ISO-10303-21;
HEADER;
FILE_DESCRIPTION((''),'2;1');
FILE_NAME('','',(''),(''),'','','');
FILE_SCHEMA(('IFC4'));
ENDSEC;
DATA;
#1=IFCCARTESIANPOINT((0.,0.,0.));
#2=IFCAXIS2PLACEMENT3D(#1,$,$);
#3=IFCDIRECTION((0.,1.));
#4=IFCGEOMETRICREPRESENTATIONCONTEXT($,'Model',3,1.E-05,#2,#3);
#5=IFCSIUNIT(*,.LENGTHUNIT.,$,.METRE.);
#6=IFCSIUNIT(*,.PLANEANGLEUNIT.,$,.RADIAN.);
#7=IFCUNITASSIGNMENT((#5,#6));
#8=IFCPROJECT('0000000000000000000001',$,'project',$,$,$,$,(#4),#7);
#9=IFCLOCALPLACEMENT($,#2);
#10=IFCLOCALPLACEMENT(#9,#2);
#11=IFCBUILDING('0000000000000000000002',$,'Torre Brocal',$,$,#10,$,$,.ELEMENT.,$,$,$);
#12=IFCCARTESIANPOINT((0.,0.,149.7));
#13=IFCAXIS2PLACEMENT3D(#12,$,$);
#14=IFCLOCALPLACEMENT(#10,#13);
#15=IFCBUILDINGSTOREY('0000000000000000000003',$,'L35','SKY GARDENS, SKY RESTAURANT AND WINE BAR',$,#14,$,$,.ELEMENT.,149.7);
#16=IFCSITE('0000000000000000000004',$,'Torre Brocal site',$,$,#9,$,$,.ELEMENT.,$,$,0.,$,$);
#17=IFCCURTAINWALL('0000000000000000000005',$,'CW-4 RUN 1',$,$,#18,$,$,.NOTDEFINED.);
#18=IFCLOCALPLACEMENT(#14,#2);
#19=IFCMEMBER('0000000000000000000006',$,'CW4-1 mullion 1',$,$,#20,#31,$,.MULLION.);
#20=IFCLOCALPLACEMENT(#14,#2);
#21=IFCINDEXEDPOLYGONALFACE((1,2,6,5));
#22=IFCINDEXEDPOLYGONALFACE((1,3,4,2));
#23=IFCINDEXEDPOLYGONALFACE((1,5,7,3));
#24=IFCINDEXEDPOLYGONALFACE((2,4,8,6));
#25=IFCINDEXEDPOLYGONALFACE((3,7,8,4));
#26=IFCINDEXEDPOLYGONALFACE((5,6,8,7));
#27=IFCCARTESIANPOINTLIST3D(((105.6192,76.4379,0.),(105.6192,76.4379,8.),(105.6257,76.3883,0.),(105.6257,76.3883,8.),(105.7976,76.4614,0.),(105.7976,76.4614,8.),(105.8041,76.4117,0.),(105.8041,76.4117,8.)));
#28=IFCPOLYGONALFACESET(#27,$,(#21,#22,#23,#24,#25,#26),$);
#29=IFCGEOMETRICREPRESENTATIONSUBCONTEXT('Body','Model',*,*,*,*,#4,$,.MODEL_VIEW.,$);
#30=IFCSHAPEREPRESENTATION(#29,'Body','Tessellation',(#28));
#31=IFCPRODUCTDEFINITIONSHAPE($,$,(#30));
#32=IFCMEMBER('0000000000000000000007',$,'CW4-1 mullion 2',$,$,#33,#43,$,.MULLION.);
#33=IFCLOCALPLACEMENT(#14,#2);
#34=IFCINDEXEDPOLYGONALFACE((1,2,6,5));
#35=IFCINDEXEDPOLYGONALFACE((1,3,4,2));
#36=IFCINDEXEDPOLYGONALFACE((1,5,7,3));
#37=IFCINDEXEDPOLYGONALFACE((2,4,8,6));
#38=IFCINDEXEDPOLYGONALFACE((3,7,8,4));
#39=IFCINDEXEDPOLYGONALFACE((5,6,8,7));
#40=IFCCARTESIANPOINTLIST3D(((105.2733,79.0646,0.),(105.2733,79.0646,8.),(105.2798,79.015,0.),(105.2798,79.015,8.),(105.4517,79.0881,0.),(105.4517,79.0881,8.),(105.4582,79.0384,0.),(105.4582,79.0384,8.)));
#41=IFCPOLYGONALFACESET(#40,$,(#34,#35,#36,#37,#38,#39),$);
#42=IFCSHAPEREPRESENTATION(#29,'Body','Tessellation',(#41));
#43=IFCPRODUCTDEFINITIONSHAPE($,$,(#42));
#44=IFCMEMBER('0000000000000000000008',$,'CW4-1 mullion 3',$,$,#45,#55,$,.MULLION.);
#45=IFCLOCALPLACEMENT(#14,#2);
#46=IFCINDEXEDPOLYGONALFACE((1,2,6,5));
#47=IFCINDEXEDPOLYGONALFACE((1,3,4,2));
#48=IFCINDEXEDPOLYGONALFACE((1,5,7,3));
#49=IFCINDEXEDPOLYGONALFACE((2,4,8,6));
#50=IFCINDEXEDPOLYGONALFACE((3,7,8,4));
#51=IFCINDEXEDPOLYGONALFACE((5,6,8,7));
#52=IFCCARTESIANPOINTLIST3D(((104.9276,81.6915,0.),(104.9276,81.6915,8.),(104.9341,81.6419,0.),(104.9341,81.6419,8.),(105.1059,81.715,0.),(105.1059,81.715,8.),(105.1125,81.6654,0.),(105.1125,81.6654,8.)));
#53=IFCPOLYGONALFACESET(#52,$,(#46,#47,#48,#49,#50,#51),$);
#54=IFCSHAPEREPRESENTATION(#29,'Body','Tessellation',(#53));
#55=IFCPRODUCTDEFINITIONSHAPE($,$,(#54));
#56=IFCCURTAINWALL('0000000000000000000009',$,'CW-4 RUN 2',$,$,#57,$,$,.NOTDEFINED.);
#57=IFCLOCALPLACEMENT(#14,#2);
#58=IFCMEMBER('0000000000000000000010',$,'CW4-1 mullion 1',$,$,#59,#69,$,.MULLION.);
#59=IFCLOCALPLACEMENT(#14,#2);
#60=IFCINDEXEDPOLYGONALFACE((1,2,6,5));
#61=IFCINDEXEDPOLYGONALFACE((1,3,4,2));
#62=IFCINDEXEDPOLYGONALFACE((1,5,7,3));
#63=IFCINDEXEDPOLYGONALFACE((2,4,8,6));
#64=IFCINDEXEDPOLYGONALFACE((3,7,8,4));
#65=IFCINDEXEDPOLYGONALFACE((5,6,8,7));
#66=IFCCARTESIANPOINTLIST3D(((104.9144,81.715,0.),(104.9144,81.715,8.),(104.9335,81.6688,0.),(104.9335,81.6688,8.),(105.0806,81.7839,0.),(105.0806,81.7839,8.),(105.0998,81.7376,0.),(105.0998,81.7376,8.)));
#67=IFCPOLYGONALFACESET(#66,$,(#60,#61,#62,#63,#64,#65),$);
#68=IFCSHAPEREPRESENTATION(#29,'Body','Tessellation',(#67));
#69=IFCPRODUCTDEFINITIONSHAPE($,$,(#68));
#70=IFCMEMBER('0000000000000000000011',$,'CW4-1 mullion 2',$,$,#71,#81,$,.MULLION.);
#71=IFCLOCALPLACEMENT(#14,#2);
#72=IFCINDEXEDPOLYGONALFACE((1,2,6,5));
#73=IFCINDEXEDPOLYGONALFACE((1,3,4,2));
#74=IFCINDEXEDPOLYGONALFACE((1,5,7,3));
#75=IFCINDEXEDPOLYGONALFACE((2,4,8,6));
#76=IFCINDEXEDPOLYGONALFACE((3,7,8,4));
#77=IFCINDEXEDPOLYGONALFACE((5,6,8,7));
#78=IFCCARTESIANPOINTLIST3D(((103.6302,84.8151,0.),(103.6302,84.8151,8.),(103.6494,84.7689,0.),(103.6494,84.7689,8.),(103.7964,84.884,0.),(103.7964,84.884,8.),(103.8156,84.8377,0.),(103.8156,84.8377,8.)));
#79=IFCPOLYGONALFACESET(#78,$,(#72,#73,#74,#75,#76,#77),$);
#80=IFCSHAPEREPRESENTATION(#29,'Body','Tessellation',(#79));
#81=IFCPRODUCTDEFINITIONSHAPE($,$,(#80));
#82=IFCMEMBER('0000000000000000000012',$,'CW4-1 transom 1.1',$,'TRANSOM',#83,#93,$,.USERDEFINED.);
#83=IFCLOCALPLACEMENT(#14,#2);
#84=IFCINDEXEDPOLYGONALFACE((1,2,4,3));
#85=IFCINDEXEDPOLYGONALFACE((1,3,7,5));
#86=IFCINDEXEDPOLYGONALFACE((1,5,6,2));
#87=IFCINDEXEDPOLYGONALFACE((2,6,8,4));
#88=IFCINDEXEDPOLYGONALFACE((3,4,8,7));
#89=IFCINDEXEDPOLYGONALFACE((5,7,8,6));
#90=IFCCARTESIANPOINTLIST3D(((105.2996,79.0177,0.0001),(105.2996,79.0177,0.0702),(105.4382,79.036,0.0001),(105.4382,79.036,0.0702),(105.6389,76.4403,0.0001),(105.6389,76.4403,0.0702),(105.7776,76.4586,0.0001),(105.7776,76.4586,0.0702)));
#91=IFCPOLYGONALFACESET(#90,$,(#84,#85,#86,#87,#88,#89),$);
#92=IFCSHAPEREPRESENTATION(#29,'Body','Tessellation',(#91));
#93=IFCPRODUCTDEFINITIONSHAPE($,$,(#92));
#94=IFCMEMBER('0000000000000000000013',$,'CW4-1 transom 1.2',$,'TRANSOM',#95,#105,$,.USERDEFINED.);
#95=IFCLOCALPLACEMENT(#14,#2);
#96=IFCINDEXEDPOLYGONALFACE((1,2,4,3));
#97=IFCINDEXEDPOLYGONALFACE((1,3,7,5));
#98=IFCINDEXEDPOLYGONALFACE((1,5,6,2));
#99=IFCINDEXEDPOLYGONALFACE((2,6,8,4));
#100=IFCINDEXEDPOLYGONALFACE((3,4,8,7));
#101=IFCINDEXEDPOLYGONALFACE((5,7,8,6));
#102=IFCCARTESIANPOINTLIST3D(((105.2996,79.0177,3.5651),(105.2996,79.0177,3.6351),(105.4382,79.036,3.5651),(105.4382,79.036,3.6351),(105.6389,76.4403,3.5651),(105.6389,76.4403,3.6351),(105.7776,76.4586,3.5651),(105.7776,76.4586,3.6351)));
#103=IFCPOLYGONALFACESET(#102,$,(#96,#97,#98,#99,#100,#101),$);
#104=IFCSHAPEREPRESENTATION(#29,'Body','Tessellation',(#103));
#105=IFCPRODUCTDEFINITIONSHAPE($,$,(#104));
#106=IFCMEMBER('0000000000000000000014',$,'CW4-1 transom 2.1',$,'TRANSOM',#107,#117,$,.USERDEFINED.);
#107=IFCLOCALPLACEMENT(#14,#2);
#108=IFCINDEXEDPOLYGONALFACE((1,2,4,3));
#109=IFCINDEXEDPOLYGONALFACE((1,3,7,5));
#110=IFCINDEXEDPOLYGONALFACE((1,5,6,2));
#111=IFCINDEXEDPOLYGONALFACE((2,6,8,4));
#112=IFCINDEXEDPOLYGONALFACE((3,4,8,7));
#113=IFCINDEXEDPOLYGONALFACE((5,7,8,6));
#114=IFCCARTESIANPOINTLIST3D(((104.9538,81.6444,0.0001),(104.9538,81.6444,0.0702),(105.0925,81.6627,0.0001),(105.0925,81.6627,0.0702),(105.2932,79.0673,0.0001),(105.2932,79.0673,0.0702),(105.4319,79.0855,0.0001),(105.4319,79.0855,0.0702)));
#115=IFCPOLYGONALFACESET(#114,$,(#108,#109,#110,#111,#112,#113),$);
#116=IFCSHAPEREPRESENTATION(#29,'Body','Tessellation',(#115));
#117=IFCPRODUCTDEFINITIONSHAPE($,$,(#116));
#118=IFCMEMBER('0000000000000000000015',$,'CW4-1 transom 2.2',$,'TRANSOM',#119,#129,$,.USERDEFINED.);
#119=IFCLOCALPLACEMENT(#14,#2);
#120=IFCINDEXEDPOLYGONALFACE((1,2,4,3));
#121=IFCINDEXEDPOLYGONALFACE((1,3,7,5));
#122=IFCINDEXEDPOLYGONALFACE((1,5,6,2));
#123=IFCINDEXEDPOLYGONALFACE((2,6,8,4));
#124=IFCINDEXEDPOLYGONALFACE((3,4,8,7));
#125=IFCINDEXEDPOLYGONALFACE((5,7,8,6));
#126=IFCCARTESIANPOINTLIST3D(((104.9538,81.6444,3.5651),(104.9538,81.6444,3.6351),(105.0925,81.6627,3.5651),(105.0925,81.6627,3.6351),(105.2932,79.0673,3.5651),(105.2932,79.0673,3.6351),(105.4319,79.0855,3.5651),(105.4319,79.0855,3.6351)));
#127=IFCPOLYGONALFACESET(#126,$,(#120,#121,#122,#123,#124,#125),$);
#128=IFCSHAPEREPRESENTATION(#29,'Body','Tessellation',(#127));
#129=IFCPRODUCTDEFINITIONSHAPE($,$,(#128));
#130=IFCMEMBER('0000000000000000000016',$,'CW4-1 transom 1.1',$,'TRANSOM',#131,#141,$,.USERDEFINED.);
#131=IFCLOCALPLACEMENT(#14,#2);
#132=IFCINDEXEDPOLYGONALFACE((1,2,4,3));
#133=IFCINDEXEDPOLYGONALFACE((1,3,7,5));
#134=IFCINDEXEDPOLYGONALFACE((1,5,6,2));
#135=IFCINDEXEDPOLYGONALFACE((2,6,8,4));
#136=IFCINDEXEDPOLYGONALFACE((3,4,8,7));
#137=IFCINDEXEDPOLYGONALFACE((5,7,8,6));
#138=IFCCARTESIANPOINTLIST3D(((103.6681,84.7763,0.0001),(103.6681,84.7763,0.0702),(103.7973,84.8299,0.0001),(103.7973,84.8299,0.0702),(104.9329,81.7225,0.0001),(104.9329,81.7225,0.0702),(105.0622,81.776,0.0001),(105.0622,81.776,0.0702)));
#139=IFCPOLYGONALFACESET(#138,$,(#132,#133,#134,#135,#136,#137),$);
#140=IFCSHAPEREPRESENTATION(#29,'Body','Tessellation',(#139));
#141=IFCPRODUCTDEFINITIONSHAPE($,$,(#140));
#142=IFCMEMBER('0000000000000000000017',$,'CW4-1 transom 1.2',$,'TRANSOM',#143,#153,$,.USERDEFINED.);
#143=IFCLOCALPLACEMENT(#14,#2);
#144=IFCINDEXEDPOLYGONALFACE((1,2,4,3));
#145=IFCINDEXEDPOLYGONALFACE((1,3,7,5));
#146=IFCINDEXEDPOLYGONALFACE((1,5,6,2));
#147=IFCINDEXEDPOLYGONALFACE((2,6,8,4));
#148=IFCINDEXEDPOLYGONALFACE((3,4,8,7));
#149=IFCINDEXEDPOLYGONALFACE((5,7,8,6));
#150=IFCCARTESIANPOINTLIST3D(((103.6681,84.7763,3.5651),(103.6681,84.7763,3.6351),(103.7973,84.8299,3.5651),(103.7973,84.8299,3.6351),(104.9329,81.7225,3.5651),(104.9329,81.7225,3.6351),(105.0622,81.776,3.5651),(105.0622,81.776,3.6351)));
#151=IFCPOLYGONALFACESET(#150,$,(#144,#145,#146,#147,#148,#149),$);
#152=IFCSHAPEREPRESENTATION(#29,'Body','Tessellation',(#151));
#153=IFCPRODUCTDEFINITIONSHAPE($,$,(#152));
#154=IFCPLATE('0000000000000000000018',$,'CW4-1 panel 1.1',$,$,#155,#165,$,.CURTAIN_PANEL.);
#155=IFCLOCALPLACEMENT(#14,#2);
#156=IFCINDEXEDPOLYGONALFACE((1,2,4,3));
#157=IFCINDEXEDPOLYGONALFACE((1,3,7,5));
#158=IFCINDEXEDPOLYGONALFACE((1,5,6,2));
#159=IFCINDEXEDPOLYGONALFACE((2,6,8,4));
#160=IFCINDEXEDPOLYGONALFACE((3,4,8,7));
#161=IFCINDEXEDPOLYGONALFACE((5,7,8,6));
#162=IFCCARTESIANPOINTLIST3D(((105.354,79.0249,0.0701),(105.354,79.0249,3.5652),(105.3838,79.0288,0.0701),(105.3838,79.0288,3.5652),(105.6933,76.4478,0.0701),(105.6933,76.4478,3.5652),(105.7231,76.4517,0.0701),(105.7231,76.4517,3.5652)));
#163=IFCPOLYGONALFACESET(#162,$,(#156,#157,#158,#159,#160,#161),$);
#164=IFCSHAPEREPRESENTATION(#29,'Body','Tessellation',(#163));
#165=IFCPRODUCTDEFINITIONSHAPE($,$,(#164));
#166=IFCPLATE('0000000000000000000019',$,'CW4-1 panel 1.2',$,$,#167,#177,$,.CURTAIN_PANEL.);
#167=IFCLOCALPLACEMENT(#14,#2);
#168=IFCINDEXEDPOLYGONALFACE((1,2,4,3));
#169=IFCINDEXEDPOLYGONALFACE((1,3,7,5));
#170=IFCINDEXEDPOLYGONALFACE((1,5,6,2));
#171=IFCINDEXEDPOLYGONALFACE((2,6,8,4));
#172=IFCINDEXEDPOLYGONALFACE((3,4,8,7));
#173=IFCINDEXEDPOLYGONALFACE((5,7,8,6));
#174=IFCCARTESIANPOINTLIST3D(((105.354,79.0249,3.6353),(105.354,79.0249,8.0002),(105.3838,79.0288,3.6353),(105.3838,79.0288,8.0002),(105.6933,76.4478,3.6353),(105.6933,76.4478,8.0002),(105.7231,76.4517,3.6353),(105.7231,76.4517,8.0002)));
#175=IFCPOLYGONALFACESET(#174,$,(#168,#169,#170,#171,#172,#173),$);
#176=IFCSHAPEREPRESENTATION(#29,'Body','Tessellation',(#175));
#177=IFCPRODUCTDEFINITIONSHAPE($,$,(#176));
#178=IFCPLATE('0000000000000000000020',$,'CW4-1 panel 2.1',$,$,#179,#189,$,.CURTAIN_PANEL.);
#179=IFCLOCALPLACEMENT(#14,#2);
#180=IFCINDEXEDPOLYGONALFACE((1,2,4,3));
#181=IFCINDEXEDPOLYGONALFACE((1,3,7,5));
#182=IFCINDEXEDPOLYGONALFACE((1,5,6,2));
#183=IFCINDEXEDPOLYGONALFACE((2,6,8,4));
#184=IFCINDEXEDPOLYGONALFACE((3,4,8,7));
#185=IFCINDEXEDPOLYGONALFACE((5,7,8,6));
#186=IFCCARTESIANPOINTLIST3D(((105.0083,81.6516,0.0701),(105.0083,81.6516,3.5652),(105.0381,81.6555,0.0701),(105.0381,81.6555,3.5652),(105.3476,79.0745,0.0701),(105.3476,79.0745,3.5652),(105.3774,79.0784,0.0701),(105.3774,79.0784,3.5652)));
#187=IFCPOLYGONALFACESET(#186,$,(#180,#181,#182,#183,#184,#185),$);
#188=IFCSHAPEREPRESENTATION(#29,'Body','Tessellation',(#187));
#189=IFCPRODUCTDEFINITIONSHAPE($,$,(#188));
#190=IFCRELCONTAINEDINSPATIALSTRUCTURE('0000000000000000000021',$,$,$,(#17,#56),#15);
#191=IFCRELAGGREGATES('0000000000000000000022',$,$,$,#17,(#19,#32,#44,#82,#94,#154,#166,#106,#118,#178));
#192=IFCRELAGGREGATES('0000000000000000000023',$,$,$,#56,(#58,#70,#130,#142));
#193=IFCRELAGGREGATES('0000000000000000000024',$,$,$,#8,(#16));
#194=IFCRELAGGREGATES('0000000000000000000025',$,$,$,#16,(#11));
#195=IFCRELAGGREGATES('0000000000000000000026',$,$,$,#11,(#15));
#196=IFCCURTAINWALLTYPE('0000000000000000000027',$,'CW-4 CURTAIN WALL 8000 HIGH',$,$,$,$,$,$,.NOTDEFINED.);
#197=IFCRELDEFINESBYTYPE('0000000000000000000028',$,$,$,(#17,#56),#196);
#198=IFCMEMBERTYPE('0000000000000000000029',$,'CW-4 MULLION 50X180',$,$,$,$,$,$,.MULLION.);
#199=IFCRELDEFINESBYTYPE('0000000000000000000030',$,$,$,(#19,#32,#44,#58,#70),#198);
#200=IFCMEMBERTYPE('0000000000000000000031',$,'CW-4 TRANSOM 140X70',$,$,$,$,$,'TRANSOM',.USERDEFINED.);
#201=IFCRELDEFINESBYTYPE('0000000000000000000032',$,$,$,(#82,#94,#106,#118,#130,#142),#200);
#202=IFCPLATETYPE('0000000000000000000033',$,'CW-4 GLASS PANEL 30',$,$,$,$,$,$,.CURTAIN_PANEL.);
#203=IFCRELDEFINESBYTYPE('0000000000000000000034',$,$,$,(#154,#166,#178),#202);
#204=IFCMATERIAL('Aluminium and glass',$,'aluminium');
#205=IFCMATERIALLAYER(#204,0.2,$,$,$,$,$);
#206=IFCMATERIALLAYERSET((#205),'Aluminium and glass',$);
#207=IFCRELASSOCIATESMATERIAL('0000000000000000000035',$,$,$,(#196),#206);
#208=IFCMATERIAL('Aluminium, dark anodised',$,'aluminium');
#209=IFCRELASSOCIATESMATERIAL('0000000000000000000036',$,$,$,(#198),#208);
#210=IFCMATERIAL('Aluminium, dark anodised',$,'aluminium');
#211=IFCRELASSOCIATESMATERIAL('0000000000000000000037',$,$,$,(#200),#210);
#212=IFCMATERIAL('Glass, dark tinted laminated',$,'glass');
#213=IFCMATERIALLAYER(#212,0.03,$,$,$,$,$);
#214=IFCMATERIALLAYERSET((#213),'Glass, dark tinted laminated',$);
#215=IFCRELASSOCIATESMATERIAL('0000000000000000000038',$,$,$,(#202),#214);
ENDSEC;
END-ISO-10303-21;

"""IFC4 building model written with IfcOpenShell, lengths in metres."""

from ifc_helpers import new_model, si_unit, direction, frame, origin, origin_2d, place, context, subcontext, project, spatial, rectangle, extrude, material, layer, layer_set, material_profile, profile_set, type_object, element, aggregate, save


model = new_model("IFC4")

# Units and contexts
model_context = context("Model", 3, precision=1e-05, world=origin(), true_north=direction((0.0, 1.0)))
body_context = subcontext(model_context, "Body", "Model", "MODEL_VIEW")
ifc_project = project(units=[si_unit("LENGTHUNIT", "METRE"), si_unit("PLANEANGLEUNIT", "RADIAN")], contexts=[model_context])

# Site, building, storey
site_placement = place(None, origin())
site = spatial("IfcSite", under=ifc_project, at=site_placement, Name="Torre Brocal site", CompositionType="ELEMENT", RefElevation=0.0)
building_placement = place(site_placement, origin())
building = spatial("IfcBuilding", under=site, at=building_placement, Name="Torre Brocal", CompositionType="ELEMENT")
storey_placement = place(building_placement, frame((0.0, 0.0, 149.7)))
storey = spatial("IfcBuildingStorey", under=building, at=storey_placement, Name="L35", Description="SKY GARDENS, SKY RESTAURANT AND WINE BAR", CompositionType="ELEMENT", Elevation=149.7)

# Curtain walls, members
ifc_material_1 = material(Name="Aluminium and glass", Category="aluminium")
ifc_layer_1 = layer(ifc_material_1, 0.2)
ifc_layer_set_1 = layer_set([ifc_layer_1], Name="Aluminium and glass")
curtain_wall_type = type_object("IfcCurtainWallType", Name="CW-4 CURTAIN WALL 8000 HIGH", PredefinedType="NOTDEFINED", material=ifc_layer_set_1)
curtain_wall_1_placement = place(storey_placement, origin())
curtain_wall_1 = element("IfcCurtainWall", 1, at=curtain_wall_1_placement, inside=storey, type_object=curtain_wall_type, Name="CW-4 RUN 1", PredefinedType="NOTDEFINED")
ifc_material_2 = material(Name="Aluminium, dark anodised", Category="aluminium")
ifc_material_profile_1 = material_profile(ifc_material_2, rectangle(XDim=0.1799, YDim=0.05, at=origin_2d()), Name="CW-4 MULLION 50X180")
ifc_profile_set_1 = profile_set([ifc_material_profile_1], Name="Aluminium, dark anodised")
member_type_1 = type_object("IfcMemberType", Name="CW-4 MULLION 50X180", PredefinedType="MULLION", material=ifc_profile_set_1)
member_1_placement = place(storey_placement, frame((105.7117, 76.4248, 0.0), z_axis=(0.0, 0.0, 1.0), x_axis=(-0.991445, -0.130526, 0.0)))
member_1 = element("IfcMember", 2, at=member_1_placement, type_object=member_type_1, Name="CW4-1 mullion 1", PredefinedType="MULLION", context=body_context, shape_type="SweptSolid", body=[
    extrude(rectangle(XDim=0.1799, YDim=0.05, at=origin_2d()), origin(), (0.0, 0.0, 1.0), 8.0),
])
member_2_placement = place(storey_placement, frame((105.3657, 79.0515, 0.0), z_axis=(0.0, 0.0, 1.0), x_axis=(-0.991445, -0.130526, 0.0)))
member_2 = element("IfcMember", 3, at=member_2_placement, type_object=member_type_1, Name="CW4-1 mullion 2", PredefinedType="MULLION", context=body_context, shape_type="SweptSolid", body=[
    extrude(rectangle(XDim=0.1799, YDim=0.05, at=origin_2d()), origin(), (0.0, 0.0, 1.0), 8.0),
])
member_3_placement = place(storey_placement, frame((105.02, 81.6785, 0.0), z_axis=(0.0, 0.0, 1.0), x_axis=(-0.991445, -0.130526, 0.0)))
member_3 = element("IfcMember", 4, at=member_3_placement, type_object=member_type_1, Name="CW4-1 mullion 3", PredefinedType="MULLION", context=body_context, shape_type="SweptSolid", body=[
    extrude(rectangle(XDim=0.1799, YDim=0.05, at=origin_2d()), origin(), (0.0, 0.0, 1.0), 8.0),
])
curtain_wall_2_placement = place(storey_placement, origin())
curtain_wall_2 = element("IfcCurtainWall", 5, at=curtain_wall_2_placement, inside=storey, type_object=curtain_wall_type, Name="CW-4 RUN 2", PredefinedType="NOTDEFINED")
member_4_placement = place(storey_placement, frame((105.0071, 81.7263, 0.0), z_axis=(0.0, 0.0, 1.0), x_axis=(-0.92388, -0.382683, 0.0)))
member_4 = element("IfcMember", 6, at=member_4_placement, type_object=member_type_1, Name="CW4-1 mullion 1", PredefinedType="MULLION", context=body_context, shape_type="SweptSolid", body=[
    extrude(rectangle(XDim=0.1799, YDim=0.05, at=origin_2d()), origin(), (0.0, 0.0, 1.0), 8.0),
])
member_5_placement = place(storey_placement, frame((103.7229, 84.8264, 0.0), z_axis=(0.0, 0.0, 1.0), x_axis=(-0.92388, -0.382683, 0.0)))
member_5 = element("IfcMember", 7, at=member_5_placement, type_object=member_type_1, Name="CW4-1 mullion 2", PredefinedType="MULLION", context=body_context, shape_type="SweptSolid", body=[
    extrude(rectangle(XDim=0.1799, YDim=0.05, at=origin_2d()), origin(), (0.0, 0.0, 1.0), 8.0),
])

# Members
ifc_material_3 = material(Name="Aluminium, dark anodised", Category="aluminium")
ifc_material_profile_2 = material_profile(ifc_material_3, rectangle(XDim=0.1399, YDim=0.0701, at=origin_2d()), Name="CW-4 TRANSOM 140X70")
ifc_profile_set_2 = profile_set([ifc_material_profile_2], Name="Aluminium, dark anodised")
member_type_2 = type_object("IfcMemberType", Name="CW-4 TRANSOM 140X70", ElementType="TRANSOM", PredefinedType="USERDEFINED", material=ifc_profile_set_2)
member_6_placement = place(storey_placement, frame((105.7083, 76.4495, 0.0352), z_axis=(-0.13054, 0.991443, 0.0), x_axis=(-0.991443, -0.13054, 0.0)))
member_6 = element("IfcMember", 8, at=member_6_placement, type_object=member_type_2, Name="CW4-1 transom 1.1", ObjectType="TRANSOM", PredefinedType="USERDEFINED", context=body_context, shape_type="SweptSolid", body=[
    extrude(rectangle(XDim=0.1399, YDim=0.0701, at=origin_2d()), origin(), (0.0, 0.0, 1.0), 2.5996),
])
member_7_placement = place(storey_placement, frame((105.7083, 76.4495, 3.6001), z_axis=(-0.13054, 0.991443, 0.0), x_axis=(-0.991443, -0.13054, 0.0)))
member_7 = element("IfcMember", 9, at=member_7_placement, type_object=member_type_2, Name="CW4-1 transom 1.2", ObjectType="TRANSOM", PredefinedType="USERDEFINED", context=body_context, shape_type="SweptSolid", body=[
    extrude(rectangle(XDim=0.1399, YDim=0.0701, at=origin_2d()), origin(), (0.0, 0.0, 1.0), 2.5996),
])
member_8_placement = place(storey_placement, frame((105.3625, 79.0764, 0.0352), z_axis=(-0.130552, 0.991442, 0.0), x_axis=(-0.991442, -0.130552, 0.0)))
member_8 = element("IfcMember", 10, at=member_8_placement, type_object=member_type_2, Name="CW4-1 transom 2.1", ObjectType="TRANSOM", PredefinedType="USERDEFINED", context=body_context, shape_type="SweptSolid", body=[
    extrude(rectangle(XDim=0.1399, YDim=0.0701, at=origin_2d()), origin(), (0.0, 0.0, 1.0), 2.5994),
])
member_9_placement = place(storey_placement, frame((105.3625, 79.0764, 3.6001), z_axis=(-0.130552, 0.991442, 0.0), x_axis=(-0.991442, -0.130552, 0.0)))
member_9 = element("IfcMember", 11, at=member_9_placement, type_object=member_type_2, Name="CW4-1 transom 2.2", ObjectType="TRANSOM", PredefinedType="USERDEFINED", context=body_context, shape_type="SweptSolid", body=[
    extrude(rectangle(XDim=0.1399, YDim=0.0701, at=origin_2d()), origin(), (0.0, 0.0, 1.0), 2.5994),
])
member_10_placement = place(storey_placement, frame((104.9976, 81.7493, 0.0352), z_axis=(-0.382658, 0.92389, 0.0), x_axis=(-0.92389, -0.382658, 0.0)))
member_10 = element("IfcMember", 12, at=member_10_placement, type_object=member_type_2, Name="CW4-1 transom 1.1", ObjectType="TRANSOM", PredefinedType="USERDEFINED", context=body_context, shape_type="SweptSolid", body=[
    extrude(rectangle(XDim=0.1399, YDim=0.0701, at=origin_2d()), origin(), (0.0, 0.0, 1.0), 3.3054),
])
member_11_placement = place(storey_placement, frame((104.9976, 81.7493, 3.6001), z_axis=(-0.382658, 0.92389, 0.0), x_axis=(-0.92389, -0.382658, 0.0)))
member_11 = element("IfcMember", 13, at=member_11_placement, type_object=member_type_2, Name="CW4-1 transom 1.2", ObjectType="TRANSOM", PredefinedType="USERDEFINED", context=body_context, shape_type="SweptSolid", body=[
    extrude(rectangle(XDim=0.1399, YDim=0.0701, at=origin_2d()), origin(), (0.0, 0.0, 1.0), 3.3054),
])

# Plates
ifc_material_4 = material(Name="Glass, dark tinted laminated", Category="glass")
ifc_layer_2 = layer(ifc_material_4, 0.03)
ifc_layer_set_2 = layer_set([ifc_layer_2], Name="Glass, dark tinted laminated")
plate_type = type_object("IfcPlateType", Name="CW-4 GLASS PANEL 30", PredefinedType="CURTAIN_PANEL", material=ifc_layer_set_2)
plate_1_placement = place(storey_placement, frame((105.5386, 77.7383, 0.0701), z_axis=(0.0, 0.0, 1.0), x_axis=(-0.130526, 0.991445, 0.0)))
plate_1 = element("IfcPlate", 14, at=plate_1_placement, type_object=plate_type, Name="CW4-1 panel 1.1", PredefinedType="CURTAIN_PANEL", context=body_context, shape_type="SweptSolid", body=[
    extrude(rectangle(XDim=2.5994, YDim=0.03, at=origin_2d()), origin(), (0.0, 0.0, 1.0), 3.4951),
])
plate_2_placement = place(storey_placement, frame((105.5386, 77.7383, 3.6353), z_axis=(0.0, 0.0, 1.0), x_axis=(-0.130526, 0.991445, 0.0)))
plate_2 = element("IfcPlate", 15, at=plate_2_placement, type_object=plate_type, Name="CW4-1 panel 1.2", PredefinedType="CURTAIN_PANEL", context=body_context, shape_type="SweptSolid", body=[
    extrude(rectangle(XDim=2.5994, YDim=0.03, at=origin_2d()), origin(), (0.0, 0.0, 1.0), 4.365),
])
plate_3_placement = place(storey_placement, frame((105.1929, 80.365, 0.0701), z_axis=(0.0, 0.0, 1.0), x_axis=(-0.130526, 0.991445, 0.0)))
plate_3 = element("IfcPlate", 16, at=plate_3_placement, type_object=plate_type, Name="CW4-1 panel 2.1", PredefinedType="CURTAIN_PANEL", context=body_context, shape_type="SweptSolid", body=[
    extrude(rectangle(XDim=2.5994, YDim=0.03, at=origin_2d()), origin(), (0.0, 0.0, 1.0), 3.4951),
])
aggregate(curtain_wall_1, [member_1, member_2, member_3, member_6, member_7, plate_1, plate_2, member_8, member_9, plate_3])
aggregate(curtain_wall_2, [member_4, member_5, member_10, member_11])

save(model, "model.ifc")
